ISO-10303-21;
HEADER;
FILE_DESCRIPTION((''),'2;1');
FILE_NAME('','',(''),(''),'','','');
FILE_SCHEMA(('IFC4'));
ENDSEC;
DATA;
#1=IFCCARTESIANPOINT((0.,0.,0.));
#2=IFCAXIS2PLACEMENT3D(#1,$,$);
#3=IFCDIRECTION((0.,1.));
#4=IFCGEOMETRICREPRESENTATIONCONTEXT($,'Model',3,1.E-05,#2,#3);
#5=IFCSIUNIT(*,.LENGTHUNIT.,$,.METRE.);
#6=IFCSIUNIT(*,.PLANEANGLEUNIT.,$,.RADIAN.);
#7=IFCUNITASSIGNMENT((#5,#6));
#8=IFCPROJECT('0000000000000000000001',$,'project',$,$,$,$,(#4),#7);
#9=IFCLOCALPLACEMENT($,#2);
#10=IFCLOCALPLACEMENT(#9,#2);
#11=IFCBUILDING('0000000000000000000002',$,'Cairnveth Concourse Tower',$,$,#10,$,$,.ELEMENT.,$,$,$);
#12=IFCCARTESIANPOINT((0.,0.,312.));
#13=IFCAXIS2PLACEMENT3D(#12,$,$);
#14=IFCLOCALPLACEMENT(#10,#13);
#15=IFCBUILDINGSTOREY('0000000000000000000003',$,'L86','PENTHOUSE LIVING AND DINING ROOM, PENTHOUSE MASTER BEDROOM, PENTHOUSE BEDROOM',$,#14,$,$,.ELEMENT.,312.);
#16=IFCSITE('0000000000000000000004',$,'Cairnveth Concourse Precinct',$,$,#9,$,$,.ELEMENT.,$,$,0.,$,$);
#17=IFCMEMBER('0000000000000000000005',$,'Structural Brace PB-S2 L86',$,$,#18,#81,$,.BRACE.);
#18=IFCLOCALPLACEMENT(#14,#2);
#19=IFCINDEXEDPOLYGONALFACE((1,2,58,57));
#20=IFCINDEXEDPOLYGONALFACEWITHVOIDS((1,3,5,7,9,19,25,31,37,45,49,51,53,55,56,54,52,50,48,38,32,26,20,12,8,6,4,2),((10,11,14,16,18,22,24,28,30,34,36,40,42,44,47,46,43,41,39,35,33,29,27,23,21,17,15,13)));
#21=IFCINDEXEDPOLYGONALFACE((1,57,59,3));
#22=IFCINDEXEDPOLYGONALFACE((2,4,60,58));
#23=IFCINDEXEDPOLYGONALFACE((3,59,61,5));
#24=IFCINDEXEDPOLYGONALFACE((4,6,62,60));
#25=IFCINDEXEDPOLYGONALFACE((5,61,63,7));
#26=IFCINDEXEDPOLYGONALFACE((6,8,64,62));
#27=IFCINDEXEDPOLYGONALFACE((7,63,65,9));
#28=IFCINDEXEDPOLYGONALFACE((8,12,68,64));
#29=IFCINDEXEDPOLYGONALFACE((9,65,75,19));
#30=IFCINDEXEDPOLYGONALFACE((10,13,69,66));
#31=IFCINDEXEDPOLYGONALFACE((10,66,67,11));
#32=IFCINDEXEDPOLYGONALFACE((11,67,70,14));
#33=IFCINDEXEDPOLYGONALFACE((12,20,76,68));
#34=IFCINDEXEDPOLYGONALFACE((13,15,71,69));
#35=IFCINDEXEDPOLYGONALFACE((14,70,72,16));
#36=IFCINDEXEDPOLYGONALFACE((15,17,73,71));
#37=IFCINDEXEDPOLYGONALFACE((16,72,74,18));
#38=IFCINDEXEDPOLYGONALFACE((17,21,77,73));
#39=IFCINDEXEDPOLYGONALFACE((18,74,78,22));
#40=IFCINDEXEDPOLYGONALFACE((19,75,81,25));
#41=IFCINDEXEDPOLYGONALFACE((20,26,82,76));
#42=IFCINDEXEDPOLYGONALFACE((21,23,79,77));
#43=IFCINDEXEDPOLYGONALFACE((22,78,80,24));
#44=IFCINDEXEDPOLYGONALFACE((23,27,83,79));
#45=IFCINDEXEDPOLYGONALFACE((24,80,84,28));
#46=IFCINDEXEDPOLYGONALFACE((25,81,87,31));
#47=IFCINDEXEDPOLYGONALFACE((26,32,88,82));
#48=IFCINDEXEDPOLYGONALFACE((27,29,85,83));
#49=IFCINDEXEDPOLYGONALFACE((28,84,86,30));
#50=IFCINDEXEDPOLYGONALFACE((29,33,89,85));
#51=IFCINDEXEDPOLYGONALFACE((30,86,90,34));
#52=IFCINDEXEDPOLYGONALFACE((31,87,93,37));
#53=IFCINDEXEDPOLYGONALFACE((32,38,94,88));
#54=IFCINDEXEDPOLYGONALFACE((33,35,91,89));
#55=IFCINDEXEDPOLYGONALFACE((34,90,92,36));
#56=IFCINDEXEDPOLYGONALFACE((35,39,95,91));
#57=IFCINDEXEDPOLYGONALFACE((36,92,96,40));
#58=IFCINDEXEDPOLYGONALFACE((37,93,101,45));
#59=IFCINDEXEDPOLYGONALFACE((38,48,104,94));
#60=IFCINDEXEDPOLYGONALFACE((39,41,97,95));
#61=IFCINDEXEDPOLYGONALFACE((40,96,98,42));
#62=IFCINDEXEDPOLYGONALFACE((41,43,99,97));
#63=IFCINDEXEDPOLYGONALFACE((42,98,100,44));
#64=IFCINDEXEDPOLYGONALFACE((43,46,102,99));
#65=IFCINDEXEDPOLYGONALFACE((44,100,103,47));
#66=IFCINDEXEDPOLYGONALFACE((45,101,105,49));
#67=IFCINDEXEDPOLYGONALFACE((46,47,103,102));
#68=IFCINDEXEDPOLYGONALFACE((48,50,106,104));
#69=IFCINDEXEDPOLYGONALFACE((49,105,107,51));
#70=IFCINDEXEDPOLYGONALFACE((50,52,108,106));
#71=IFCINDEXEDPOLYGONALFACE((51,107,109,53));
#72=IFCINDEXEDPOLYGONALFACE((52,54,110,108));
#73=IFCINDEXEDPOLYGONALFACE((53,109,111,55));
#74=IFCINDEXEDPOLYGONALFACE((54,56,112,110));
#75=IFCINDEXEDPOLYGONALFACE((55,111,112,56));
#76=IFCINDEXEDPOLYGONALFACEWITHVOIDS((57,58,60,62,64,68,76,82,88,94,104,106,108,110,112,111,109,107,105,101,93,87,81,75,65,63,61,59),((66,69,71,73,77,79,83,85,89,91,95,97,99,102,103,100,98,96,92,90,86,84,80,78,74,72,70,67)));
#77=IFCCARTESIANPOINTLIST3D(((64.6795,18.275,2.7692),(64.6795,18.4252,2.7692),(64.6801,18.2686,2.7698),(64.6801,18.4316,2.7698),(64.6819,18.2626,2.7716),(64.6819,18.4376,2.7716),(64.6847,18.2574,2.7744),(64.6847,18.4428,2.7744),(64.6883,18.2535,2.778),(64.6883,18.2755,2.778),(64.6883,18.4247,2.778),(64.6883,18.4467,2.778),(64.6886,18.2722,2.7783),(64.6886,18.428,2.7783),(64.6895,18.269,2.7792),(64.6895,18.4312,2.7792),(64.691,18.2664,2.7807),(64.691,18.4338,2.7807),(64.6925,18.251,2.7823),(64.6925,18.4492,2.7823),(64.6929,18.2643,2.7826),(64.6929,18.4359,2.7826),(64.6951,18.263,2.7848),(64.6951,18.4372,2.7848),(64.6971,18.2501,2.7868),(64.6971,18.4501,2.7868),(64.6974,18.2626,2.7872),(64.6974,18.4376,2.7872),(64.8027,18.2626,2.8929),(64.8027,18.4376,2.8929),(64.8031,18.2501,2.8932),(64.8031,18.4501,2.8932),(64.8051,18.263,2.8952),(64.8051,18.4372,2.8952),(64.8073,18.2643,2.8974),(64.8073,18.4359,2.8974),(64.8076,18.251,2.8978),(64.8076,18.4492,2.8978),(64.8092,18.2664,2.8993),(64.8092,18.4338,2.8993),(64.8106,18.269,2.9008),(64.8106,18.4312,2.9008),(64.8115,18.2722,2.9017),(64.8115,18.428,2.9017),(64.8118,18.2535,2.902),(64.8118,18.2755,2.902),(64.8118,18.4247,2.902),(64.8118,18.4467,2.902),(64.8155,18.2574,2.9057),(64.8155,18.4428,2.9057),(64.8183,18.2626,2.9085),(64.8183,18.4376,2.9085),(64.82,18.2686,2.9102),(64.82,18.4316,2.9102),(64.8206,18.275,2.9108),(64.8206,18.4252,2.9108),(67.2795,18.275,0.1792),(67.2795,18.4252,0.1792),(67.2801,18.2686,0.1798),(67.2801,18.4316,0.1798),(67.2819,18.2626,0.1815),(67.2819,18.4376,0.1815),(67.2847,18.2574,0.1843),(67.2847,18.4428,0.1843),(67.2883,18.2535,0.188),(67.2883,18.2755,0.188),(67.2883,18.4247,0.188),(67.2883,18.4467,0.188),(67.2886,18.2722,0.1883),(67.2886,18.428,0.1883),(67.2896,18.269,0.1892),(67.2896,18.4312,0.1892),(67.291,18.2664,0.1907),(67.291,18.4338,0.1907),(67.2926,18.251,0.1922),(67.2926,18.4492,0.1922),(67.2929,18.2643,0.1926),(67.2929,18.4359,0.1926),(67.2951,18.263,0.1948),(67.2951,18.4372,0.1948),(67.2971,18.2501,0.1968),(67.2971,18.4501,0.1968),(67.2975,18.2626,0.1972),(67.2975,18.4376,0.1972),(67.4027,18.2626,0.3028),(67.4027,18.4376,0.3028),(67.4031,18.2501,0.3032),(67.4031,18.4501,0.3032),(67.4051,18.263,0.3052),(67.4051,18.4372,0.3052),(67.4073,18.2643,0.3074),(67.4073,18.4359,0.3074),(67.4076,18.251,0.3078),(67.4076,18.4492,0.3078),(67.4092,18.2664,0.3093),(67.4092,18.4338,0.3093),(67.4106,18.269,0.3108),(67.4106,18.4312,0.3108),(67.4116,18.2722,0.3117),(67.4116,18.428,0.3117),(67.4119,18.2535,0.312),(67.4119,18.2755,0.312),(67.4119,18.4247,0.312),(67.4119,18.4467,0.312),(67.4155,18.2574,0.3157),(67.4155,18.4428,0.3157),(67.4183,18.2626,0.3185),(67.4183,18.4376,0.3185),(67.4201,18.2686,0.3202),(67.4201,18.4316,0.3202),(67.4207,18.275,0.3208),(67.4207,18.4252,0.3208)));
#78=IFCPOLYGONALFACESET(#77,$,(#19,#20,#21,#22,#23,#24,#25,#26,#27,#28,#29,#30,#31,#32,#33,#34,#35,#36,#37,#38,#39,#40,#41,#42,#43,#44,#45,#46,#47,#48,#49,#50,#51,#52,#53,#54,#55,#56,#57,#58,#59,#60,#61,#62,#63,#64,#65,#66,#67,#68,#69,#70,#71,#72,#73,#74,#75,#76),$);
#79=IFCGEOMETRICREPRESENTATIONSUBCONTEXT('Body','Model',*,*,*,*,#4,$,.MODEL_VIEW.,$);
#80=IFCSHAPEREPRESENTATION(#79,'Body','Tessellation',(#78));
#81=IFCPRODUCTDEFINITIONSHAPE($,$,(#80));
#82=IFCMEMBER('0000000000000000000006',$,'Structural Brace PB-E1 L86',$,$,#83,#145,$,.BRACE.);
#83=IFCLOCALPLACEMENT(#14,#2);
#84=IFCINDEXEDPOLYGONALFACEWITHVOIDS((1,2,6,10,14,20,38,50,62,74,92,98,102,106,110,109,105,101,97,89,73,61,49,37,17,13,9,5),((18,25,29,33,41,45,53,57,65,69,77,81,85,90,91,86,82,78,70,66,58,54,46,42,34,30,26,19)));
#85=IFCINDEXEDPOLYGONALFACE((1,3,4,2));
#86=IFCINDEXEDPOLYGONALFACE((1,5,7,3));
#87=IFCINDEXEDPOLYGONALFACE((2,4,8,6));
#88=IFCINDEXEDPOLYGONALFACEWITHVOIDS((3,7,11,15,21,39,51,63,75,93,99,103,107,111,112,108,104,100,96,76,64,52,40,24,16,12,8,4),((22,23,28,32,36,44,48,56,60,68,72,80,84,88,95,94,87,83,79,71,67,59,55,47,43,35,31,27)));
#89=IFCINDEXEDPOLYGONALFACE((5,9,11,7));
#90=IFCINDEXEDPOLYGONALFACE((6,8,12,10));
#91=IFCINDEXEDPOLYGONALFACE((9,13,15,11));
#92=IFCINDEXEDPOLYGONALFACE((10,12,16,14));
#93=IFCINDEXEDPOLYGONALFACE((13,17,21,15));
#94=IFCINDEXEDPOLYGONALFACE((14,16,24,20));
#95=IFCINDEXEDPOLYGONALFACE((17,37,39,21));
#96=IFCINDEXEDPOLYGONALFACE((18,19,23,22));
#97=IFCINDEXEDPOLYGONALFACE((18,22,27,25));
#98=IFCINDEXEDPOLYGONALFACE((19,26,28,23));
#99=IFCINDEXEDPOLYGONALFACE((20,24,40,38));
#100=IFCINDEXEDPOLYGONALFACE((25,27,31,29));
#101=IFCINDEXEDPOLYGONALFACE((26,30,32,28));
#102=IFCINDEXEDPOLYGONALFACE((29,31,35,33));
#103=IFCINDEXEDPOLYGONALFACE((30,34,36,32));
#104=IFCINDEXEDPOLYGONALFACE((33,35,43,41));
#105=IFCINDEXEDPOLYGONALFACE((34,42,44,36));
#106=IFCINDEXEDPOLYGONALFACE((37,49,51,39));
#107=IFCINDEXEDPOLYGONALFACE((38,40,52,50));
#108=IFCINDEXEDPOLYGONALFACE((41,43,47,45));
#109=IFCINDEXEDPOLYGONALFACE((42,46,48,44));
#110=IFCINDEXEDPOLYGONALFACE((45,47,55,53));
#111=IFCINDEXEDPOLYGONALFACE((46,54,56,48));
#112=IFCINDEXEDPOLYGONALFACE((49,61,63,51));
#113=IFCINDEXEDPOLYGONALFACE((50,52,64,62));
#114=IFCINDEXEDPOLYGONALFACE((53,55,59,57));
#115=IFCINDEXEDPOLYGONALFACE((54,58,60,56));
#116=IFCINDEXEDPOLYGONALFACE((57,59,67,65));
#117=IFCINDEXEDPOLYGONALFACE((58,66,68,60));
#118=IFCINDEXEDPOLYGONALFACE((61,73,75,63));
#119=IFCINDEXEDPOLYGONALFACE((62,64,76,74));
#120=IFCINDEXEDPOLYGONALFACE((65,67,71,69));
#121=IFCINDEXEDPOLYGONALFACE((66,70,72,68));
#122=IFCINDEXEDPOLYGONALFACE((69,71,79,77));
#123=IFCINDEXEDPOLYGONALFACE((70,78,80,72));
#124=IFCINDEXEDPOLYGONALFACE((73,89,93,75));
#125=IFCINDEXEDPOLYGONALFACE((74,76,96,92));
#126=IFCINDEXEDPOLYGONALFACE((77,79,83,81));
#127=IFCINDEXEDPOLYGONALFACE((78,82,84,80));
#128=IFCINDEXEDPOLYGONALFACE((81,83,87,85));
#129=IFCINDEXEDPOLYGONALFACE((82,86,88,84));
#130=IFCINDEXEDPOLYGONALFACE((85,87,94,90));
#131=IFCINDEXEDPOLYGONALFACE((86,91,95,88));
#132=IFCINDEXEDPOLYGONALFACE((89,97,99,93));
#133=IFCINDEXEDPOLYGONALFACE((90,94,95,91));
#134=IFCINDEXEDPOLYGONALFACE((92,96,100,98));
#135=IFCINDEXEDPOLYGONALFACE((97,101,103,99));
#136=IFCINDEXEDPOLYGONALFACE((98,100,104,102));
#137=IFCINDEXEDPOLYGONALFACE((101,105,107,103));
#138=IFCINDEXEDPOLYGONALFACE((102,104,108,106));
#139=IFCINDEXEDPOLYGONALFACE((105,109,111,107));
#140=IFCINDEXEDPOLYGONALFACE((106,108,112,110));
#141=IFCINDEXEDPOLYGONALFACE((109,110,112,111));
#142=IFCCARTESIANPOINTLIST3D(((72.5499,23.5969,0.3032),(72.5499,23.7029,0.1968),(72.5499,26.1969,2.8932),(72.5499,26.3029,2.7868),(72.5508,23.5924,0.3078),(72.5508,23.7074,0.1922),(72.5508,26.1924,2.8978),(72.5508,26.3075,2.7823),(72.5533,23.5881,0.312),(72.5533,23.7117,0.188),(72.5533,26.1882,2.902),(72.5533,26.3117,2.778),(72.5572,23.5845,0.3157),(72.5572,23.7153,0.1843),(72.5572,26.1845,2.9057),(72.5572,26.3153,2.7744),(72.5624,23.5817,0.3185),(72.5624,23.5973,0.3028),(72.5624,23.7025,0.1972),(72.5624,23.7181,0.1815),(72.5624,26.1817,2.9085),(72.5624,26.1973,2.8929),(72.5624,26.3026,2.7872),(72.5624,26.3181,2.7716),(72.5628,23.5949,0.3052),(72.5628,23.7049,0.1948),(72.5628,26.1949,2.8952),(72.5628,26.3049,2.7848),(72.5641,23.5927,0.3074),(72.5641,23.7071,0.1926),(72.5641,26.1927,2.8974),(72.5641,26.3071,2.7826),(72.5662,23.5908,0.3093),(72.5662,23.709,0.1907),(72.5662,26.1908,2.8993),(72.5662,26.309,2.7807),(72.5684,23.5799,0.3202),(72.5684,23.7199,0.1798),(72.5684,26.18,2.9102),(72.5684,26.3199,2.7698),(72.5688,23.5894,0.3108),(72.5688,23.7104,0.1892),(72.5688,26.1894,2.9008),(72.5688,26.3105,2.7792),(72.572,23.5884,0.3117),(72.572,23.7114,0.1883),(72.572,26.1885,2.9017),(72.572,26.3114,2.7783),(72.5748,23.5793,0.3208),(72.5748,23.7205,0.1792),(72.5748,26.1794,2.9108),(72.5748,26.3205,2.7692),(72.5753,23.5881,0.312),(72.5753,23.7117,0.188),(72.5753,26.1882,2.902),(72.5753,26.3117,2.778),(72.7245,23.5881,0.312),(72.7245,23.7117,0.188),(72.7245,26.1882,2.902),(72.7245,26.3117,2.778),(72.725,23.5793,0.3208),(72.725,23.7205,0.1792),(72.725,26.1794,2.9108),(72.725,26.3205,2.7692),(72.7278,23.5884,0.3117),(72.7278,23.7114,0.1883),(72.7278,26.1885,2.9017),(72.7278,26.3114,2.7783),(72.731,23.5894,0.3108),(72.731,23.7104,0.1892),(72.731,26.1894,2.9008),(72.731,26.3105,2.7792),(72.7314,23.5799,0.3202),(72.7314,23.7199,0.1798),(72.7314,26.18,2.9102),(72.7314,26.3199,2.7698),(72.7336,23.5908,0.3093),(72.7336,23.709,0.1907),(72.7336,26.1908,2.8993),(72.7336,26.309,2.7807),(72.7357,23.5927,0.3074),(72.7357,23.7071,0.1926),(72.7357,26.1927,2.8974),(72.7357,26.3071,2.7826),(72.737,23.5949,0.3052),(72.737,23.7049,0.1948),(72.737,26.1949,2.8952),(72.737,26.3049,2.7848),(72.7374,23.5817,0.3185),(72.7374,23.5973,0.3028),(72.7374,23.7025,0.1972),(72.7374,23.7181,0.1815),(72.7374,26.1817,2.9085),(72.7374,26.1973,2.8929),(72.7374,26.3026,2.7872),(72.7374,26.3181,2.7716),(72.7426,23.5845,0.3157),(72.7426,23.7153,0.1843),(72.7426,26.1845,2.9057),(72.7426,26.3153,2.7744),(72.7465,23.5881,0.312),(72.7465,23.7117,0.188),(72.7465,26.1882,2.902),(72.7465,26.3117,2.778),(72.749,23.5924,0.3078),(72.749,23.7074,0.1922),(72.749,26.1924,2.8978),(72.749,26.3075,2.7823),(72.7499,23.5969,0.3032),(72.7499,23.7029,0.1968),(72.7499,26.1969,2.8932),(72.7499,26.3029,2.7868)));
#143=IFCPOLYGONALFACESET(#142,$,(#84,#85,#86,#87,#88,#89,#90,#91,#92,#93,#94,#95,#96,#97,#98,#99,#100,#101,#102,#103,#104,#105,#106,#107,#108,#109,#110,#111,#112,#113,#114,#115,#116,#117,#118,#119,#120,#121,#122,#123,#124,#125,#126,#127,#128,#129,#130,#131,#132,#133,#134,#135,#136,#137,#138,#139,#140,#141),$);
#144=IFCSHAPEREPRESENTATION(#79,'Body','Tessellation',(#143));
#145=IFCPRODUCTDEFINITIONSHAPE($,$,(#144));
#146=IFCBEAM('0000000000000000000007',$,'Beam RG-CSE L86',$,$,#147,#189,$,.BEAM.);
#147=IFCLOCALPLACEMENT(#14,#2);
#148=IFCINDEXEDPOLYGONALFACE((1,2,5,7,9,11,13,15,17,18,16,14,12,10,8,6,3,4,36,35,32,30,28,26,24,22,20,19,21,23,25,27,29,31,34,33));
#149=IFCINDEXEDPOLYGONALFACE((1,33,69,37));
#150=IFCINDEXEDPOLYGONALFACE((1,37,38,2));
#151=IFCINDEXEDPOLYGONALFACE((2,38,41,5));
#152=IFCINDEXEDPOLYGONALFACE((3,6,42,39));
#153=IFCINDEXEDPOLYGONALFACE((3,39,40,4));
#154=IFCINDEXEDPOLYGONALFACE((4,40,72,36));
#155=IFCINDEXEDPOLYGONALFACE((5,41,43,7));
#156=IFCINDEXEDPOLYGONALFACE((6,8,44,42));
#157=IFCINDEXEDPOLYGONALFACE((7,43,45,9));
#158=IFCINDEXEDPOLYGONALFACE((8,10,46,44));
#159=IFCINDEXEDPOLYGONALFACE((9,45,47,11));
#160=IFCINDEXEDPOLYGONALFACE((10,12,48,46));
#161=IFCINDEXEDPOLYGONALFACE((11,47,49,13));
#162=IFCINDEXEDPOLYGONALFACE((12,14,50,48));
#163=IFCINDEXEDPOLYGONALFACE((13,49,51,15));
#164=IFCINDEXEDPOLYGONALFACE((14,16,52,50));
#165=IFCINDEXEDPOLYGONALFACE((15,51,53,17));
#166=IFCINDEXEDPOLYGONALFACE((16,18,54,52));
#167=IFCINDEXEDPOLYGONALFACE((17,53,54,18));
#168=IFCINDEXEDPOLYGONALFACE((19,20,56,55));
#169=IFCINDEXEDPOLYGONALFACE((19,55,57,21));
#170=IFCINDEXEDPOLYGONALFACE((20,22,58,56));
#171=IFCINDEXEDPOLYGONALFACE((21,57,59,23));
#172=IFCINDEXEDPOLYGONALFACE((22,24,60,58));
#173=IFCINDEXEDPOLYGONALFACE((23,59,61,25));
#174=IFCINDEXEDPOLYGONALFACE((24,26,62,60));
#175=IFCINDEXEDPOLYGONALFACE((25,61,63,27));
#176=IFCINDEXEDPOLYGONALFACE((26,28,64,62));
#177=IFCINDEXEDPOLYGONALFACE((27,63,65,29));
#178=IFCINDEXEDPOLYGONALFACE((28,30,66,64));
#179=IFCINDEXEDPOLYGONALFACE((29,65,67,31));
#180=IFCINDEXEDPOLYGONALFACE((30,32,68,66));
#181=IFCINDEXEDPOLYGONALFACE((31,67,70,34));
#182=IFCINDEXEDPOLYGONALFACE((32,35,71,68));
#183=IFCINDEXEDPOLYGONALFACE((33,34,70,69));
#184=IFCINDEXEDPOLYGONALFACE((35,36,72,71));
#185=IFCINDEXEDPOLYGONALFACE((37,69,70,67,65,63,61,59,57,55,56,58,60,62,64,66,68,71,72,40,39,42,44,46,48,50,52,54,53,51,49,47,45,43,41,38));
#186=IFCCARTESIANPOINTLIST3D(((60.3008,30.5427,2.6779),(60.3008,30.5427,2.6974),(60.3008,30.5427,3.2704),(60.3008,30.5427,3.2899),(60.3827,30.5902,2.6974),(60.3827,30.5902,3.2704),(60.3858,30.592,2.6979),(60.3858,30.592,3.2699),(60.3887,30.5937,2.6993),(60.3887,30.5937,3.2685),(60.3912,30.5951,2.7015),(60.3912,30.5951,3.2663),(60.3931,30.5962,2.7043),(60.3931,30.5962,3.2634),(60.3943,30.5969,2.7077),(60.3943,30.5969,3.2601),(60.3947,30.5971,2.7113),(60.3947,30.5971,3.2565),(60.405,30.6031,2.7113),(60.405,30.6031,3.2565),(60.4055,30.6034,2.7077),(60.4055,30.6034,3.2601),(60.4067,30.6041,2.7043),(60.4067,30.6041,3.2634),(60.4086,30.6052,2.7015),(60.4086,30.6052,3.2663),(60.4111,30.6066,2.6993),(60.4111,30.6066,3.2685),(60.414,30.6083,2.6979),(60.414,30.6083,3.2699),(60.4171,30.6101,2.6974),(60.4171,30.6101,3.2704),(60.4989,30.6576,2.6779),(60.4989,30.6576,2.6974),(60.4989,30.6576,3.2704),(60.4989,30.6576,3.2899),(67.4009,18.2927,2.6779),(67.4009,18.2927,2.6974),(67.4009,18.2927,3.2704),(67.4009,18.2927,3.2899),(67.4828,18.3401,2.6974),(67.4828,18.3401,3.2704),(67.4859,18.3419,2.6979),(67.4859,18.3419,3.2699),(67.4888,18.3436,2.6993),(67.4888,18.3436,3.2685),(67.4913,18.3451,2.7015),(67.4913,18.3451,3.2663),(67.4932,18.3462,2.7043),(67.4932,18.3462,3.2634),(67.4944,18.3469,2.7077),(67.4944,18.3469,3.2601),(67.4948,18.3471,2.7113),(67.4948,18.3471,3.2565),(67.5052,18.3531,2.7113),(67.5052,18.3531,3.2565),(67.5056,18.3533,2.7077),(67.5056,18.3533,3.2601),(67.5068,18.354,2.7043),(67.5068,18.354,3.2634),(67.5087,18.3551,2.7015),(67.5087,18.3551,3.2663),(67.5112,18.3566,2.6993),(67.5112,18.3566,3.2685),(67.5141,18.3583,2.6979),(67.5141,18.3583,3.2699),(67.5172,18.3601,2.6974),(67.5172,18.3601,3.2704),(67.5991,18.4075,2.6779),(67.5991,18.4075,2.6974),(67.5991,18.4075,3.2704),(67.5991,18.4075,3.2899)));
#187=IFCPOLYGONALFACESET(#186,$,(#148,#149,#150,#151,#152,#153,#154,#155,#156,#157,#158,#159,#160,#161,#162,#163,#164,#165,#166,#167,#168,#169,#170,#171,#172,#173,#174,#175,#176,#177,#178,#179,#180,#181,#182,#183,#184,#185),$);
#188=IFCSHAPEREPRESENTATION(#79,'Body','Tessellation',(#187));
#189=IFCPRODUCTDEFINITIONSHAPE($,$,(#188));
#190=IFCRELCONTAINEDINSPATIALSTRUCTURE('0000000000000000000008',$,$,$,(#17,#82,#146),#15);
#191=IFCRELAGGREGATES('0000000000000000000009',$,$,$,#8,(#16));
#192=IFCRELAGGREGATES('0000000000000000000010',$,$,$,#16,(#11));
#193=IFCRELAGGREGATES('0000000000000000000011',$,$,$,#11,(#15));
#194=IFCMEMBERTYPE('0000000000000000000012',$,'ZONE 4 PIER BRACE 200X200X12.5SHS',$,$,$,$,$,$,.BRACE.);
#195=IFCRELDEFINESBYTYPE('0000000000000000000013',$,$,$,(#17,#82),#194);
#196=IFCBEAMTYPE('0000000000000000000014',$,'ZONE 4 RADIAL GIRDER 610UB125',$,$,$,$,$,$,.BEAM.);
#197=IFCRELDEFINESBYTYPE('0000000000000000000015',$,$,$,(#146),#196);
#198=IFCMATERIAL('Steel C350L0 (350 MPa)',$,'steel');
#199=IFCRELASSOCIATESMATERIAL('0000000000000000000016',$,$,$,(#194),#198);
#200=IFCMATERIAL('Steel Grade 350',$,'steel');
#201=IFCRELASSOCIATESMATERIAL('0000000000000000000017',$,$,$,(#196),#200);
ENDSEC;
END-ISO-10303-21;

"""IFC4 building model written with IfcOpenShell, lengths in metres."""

from ifc_helpers import new_model, si_unit, direction, frame, origin, origin_2d, place, context, subcontext, project, spatial, hollow_rectangle, i_section, extrude, material, material_profile, profile_set, type_object, element, save


model = new_model("IFC4")

# Units and contexts
model_context = context("Model", 3, precision=1e-05, world=origin(), true_north=direction((0.0, 1.0)))
body_context = subcontext(model_context, "Body", "Model", "MODEL_VIEW")
ifc_project = project(units=[si_unit("LENGTHUNIT", "METRE"), si_unit("PLANEANGLEUNIT", "RADIAN")], contexts=[model_context])

# Site, building, storey
site_placement = place(None, origin())
site = spatial("IfcSite", under=ifc_project, at=site_placement, Name="Cairnveth Concourse Precinct", CompositionType="ELEMENT", RefElevation=0.0)
building_placement = place(site_placement, origin())
building = spatial("IfcBuilding", under=site, at=building_placement, Name="Cairnveth Concourse Tower", CompositionType="ELEMENT")
storey_placement = place(building_placement, frame((0.0, 0.0, 312.0)))
storey = spatial("IfcBuildingStorey", under=building, at=storey_placement, Name="L86", Description="PENTHOUSE LIVING AND DINING ROOM, PENTHOUSE MASTER BEDROOM, PENTHOUSE BEDROOM", CompositionType="ELEMENT", Elevation=312.0)

# Shared definitions
ifc_material_1 = material(Name="Steel Grade 350", Category="steel")

# Members
ifc_material_2 = material(Name="Steel C350L0 (350 MPa)", Category="steel")
ifc_material_profile_1 = material_profile(ifc_material_2, hollow_rectangle(XDim=0.2, YDim=0.2, WallThickness=0.0125, InnerFilletRadius=0.0129, OuterFilletRadius=0.0249, at=origin_2d()), Name="200x200x12.5SHS")
ifc_profile_set_1 = profile_set([ifc_material_profile_1], Name="Steel C350L0 (350 MPa)")
member_type = type_object("IfcMemberType", Name="ZONE 4 PIER BRACE 200X200X12.5SHS", PredefinedType="BRACE", material=ifc_profile_set_1)
for number, where, z_axis, x_axis, name in (
    (1, (67.3501, 18.3501, 0.25), (-0.708469, 0.0, 0.705742), (0.0, -1.0, 0.0), "Structural Brace PB-S2 L86"),
    (2, (72.6499, 23.6499, 0.25), (0.0, 0.708469, 0.705742), (-1.0, 0.0, 0.0), "Structural Brace PB-E1 L86"),
):
    element("IfcMember", number, at=place(storey_placement, frame(where, z_axis=z_axis, x_axis=x_axis)), inside=storey, type_object=member_type, Name=name, PredefinedType="BRACE", context=body_context, shape_type="SweptSolid", body=[
        extrude(hollow_rectangle(XDim=0.2, YDim=0.2, WallThickness=0.0125, InnerFilletRadius=0.0129, OuterFilletRadius=0.0249, at=origin_2d()), origin(), (0.0, 0.0, 1.0), 3.6699),
    ])

# Beam
ifc_material_profile_2 = material_profile(ifc_material_1, i_section(OverallWidth=0.229, OverallDepth=0.6121, WebThickness=0.012, FlangeThickness=0.0195, FilletRadius=0.0139, at=origin_2d()), Name="610UB125")
ifc_profile_set_2 = profile_set([ifc_material_profile_2], Name="Steel Grade 350")
beam_type_1 = type_object("IfcBeamType", Name="ZONE 4 RADIAL GIRDER 610UB125", PredefinedType="BEAM", material=ifc_profile_set_2)
beam_1_placement = place(storey_placement, frame((67.5, 18.3501, 2.9839), z_axis=(-0.501459, 0.865181, 0.0), x_axis=(-0.865181, -0.501459, 0.0)))
element("IfcBeam", 3, at=beam_1_placement, inside=storey, type_object=beam_type_1, Name="Beam RG-CSE L86", PredefinedType="BEAM", context=body_context, shape_type="SweptSolid", body=[
    extrude(i_section(OverallWidth=0.229, OverallDepth=0.6121, WebThickness=0.012, FlangeThickness=0.0195, FilletRadius=0.0139, at=origin_2d()), origin(), (0.0, 0.0, 1.0), 14.1589),
])

save(model, "model.ifc")
